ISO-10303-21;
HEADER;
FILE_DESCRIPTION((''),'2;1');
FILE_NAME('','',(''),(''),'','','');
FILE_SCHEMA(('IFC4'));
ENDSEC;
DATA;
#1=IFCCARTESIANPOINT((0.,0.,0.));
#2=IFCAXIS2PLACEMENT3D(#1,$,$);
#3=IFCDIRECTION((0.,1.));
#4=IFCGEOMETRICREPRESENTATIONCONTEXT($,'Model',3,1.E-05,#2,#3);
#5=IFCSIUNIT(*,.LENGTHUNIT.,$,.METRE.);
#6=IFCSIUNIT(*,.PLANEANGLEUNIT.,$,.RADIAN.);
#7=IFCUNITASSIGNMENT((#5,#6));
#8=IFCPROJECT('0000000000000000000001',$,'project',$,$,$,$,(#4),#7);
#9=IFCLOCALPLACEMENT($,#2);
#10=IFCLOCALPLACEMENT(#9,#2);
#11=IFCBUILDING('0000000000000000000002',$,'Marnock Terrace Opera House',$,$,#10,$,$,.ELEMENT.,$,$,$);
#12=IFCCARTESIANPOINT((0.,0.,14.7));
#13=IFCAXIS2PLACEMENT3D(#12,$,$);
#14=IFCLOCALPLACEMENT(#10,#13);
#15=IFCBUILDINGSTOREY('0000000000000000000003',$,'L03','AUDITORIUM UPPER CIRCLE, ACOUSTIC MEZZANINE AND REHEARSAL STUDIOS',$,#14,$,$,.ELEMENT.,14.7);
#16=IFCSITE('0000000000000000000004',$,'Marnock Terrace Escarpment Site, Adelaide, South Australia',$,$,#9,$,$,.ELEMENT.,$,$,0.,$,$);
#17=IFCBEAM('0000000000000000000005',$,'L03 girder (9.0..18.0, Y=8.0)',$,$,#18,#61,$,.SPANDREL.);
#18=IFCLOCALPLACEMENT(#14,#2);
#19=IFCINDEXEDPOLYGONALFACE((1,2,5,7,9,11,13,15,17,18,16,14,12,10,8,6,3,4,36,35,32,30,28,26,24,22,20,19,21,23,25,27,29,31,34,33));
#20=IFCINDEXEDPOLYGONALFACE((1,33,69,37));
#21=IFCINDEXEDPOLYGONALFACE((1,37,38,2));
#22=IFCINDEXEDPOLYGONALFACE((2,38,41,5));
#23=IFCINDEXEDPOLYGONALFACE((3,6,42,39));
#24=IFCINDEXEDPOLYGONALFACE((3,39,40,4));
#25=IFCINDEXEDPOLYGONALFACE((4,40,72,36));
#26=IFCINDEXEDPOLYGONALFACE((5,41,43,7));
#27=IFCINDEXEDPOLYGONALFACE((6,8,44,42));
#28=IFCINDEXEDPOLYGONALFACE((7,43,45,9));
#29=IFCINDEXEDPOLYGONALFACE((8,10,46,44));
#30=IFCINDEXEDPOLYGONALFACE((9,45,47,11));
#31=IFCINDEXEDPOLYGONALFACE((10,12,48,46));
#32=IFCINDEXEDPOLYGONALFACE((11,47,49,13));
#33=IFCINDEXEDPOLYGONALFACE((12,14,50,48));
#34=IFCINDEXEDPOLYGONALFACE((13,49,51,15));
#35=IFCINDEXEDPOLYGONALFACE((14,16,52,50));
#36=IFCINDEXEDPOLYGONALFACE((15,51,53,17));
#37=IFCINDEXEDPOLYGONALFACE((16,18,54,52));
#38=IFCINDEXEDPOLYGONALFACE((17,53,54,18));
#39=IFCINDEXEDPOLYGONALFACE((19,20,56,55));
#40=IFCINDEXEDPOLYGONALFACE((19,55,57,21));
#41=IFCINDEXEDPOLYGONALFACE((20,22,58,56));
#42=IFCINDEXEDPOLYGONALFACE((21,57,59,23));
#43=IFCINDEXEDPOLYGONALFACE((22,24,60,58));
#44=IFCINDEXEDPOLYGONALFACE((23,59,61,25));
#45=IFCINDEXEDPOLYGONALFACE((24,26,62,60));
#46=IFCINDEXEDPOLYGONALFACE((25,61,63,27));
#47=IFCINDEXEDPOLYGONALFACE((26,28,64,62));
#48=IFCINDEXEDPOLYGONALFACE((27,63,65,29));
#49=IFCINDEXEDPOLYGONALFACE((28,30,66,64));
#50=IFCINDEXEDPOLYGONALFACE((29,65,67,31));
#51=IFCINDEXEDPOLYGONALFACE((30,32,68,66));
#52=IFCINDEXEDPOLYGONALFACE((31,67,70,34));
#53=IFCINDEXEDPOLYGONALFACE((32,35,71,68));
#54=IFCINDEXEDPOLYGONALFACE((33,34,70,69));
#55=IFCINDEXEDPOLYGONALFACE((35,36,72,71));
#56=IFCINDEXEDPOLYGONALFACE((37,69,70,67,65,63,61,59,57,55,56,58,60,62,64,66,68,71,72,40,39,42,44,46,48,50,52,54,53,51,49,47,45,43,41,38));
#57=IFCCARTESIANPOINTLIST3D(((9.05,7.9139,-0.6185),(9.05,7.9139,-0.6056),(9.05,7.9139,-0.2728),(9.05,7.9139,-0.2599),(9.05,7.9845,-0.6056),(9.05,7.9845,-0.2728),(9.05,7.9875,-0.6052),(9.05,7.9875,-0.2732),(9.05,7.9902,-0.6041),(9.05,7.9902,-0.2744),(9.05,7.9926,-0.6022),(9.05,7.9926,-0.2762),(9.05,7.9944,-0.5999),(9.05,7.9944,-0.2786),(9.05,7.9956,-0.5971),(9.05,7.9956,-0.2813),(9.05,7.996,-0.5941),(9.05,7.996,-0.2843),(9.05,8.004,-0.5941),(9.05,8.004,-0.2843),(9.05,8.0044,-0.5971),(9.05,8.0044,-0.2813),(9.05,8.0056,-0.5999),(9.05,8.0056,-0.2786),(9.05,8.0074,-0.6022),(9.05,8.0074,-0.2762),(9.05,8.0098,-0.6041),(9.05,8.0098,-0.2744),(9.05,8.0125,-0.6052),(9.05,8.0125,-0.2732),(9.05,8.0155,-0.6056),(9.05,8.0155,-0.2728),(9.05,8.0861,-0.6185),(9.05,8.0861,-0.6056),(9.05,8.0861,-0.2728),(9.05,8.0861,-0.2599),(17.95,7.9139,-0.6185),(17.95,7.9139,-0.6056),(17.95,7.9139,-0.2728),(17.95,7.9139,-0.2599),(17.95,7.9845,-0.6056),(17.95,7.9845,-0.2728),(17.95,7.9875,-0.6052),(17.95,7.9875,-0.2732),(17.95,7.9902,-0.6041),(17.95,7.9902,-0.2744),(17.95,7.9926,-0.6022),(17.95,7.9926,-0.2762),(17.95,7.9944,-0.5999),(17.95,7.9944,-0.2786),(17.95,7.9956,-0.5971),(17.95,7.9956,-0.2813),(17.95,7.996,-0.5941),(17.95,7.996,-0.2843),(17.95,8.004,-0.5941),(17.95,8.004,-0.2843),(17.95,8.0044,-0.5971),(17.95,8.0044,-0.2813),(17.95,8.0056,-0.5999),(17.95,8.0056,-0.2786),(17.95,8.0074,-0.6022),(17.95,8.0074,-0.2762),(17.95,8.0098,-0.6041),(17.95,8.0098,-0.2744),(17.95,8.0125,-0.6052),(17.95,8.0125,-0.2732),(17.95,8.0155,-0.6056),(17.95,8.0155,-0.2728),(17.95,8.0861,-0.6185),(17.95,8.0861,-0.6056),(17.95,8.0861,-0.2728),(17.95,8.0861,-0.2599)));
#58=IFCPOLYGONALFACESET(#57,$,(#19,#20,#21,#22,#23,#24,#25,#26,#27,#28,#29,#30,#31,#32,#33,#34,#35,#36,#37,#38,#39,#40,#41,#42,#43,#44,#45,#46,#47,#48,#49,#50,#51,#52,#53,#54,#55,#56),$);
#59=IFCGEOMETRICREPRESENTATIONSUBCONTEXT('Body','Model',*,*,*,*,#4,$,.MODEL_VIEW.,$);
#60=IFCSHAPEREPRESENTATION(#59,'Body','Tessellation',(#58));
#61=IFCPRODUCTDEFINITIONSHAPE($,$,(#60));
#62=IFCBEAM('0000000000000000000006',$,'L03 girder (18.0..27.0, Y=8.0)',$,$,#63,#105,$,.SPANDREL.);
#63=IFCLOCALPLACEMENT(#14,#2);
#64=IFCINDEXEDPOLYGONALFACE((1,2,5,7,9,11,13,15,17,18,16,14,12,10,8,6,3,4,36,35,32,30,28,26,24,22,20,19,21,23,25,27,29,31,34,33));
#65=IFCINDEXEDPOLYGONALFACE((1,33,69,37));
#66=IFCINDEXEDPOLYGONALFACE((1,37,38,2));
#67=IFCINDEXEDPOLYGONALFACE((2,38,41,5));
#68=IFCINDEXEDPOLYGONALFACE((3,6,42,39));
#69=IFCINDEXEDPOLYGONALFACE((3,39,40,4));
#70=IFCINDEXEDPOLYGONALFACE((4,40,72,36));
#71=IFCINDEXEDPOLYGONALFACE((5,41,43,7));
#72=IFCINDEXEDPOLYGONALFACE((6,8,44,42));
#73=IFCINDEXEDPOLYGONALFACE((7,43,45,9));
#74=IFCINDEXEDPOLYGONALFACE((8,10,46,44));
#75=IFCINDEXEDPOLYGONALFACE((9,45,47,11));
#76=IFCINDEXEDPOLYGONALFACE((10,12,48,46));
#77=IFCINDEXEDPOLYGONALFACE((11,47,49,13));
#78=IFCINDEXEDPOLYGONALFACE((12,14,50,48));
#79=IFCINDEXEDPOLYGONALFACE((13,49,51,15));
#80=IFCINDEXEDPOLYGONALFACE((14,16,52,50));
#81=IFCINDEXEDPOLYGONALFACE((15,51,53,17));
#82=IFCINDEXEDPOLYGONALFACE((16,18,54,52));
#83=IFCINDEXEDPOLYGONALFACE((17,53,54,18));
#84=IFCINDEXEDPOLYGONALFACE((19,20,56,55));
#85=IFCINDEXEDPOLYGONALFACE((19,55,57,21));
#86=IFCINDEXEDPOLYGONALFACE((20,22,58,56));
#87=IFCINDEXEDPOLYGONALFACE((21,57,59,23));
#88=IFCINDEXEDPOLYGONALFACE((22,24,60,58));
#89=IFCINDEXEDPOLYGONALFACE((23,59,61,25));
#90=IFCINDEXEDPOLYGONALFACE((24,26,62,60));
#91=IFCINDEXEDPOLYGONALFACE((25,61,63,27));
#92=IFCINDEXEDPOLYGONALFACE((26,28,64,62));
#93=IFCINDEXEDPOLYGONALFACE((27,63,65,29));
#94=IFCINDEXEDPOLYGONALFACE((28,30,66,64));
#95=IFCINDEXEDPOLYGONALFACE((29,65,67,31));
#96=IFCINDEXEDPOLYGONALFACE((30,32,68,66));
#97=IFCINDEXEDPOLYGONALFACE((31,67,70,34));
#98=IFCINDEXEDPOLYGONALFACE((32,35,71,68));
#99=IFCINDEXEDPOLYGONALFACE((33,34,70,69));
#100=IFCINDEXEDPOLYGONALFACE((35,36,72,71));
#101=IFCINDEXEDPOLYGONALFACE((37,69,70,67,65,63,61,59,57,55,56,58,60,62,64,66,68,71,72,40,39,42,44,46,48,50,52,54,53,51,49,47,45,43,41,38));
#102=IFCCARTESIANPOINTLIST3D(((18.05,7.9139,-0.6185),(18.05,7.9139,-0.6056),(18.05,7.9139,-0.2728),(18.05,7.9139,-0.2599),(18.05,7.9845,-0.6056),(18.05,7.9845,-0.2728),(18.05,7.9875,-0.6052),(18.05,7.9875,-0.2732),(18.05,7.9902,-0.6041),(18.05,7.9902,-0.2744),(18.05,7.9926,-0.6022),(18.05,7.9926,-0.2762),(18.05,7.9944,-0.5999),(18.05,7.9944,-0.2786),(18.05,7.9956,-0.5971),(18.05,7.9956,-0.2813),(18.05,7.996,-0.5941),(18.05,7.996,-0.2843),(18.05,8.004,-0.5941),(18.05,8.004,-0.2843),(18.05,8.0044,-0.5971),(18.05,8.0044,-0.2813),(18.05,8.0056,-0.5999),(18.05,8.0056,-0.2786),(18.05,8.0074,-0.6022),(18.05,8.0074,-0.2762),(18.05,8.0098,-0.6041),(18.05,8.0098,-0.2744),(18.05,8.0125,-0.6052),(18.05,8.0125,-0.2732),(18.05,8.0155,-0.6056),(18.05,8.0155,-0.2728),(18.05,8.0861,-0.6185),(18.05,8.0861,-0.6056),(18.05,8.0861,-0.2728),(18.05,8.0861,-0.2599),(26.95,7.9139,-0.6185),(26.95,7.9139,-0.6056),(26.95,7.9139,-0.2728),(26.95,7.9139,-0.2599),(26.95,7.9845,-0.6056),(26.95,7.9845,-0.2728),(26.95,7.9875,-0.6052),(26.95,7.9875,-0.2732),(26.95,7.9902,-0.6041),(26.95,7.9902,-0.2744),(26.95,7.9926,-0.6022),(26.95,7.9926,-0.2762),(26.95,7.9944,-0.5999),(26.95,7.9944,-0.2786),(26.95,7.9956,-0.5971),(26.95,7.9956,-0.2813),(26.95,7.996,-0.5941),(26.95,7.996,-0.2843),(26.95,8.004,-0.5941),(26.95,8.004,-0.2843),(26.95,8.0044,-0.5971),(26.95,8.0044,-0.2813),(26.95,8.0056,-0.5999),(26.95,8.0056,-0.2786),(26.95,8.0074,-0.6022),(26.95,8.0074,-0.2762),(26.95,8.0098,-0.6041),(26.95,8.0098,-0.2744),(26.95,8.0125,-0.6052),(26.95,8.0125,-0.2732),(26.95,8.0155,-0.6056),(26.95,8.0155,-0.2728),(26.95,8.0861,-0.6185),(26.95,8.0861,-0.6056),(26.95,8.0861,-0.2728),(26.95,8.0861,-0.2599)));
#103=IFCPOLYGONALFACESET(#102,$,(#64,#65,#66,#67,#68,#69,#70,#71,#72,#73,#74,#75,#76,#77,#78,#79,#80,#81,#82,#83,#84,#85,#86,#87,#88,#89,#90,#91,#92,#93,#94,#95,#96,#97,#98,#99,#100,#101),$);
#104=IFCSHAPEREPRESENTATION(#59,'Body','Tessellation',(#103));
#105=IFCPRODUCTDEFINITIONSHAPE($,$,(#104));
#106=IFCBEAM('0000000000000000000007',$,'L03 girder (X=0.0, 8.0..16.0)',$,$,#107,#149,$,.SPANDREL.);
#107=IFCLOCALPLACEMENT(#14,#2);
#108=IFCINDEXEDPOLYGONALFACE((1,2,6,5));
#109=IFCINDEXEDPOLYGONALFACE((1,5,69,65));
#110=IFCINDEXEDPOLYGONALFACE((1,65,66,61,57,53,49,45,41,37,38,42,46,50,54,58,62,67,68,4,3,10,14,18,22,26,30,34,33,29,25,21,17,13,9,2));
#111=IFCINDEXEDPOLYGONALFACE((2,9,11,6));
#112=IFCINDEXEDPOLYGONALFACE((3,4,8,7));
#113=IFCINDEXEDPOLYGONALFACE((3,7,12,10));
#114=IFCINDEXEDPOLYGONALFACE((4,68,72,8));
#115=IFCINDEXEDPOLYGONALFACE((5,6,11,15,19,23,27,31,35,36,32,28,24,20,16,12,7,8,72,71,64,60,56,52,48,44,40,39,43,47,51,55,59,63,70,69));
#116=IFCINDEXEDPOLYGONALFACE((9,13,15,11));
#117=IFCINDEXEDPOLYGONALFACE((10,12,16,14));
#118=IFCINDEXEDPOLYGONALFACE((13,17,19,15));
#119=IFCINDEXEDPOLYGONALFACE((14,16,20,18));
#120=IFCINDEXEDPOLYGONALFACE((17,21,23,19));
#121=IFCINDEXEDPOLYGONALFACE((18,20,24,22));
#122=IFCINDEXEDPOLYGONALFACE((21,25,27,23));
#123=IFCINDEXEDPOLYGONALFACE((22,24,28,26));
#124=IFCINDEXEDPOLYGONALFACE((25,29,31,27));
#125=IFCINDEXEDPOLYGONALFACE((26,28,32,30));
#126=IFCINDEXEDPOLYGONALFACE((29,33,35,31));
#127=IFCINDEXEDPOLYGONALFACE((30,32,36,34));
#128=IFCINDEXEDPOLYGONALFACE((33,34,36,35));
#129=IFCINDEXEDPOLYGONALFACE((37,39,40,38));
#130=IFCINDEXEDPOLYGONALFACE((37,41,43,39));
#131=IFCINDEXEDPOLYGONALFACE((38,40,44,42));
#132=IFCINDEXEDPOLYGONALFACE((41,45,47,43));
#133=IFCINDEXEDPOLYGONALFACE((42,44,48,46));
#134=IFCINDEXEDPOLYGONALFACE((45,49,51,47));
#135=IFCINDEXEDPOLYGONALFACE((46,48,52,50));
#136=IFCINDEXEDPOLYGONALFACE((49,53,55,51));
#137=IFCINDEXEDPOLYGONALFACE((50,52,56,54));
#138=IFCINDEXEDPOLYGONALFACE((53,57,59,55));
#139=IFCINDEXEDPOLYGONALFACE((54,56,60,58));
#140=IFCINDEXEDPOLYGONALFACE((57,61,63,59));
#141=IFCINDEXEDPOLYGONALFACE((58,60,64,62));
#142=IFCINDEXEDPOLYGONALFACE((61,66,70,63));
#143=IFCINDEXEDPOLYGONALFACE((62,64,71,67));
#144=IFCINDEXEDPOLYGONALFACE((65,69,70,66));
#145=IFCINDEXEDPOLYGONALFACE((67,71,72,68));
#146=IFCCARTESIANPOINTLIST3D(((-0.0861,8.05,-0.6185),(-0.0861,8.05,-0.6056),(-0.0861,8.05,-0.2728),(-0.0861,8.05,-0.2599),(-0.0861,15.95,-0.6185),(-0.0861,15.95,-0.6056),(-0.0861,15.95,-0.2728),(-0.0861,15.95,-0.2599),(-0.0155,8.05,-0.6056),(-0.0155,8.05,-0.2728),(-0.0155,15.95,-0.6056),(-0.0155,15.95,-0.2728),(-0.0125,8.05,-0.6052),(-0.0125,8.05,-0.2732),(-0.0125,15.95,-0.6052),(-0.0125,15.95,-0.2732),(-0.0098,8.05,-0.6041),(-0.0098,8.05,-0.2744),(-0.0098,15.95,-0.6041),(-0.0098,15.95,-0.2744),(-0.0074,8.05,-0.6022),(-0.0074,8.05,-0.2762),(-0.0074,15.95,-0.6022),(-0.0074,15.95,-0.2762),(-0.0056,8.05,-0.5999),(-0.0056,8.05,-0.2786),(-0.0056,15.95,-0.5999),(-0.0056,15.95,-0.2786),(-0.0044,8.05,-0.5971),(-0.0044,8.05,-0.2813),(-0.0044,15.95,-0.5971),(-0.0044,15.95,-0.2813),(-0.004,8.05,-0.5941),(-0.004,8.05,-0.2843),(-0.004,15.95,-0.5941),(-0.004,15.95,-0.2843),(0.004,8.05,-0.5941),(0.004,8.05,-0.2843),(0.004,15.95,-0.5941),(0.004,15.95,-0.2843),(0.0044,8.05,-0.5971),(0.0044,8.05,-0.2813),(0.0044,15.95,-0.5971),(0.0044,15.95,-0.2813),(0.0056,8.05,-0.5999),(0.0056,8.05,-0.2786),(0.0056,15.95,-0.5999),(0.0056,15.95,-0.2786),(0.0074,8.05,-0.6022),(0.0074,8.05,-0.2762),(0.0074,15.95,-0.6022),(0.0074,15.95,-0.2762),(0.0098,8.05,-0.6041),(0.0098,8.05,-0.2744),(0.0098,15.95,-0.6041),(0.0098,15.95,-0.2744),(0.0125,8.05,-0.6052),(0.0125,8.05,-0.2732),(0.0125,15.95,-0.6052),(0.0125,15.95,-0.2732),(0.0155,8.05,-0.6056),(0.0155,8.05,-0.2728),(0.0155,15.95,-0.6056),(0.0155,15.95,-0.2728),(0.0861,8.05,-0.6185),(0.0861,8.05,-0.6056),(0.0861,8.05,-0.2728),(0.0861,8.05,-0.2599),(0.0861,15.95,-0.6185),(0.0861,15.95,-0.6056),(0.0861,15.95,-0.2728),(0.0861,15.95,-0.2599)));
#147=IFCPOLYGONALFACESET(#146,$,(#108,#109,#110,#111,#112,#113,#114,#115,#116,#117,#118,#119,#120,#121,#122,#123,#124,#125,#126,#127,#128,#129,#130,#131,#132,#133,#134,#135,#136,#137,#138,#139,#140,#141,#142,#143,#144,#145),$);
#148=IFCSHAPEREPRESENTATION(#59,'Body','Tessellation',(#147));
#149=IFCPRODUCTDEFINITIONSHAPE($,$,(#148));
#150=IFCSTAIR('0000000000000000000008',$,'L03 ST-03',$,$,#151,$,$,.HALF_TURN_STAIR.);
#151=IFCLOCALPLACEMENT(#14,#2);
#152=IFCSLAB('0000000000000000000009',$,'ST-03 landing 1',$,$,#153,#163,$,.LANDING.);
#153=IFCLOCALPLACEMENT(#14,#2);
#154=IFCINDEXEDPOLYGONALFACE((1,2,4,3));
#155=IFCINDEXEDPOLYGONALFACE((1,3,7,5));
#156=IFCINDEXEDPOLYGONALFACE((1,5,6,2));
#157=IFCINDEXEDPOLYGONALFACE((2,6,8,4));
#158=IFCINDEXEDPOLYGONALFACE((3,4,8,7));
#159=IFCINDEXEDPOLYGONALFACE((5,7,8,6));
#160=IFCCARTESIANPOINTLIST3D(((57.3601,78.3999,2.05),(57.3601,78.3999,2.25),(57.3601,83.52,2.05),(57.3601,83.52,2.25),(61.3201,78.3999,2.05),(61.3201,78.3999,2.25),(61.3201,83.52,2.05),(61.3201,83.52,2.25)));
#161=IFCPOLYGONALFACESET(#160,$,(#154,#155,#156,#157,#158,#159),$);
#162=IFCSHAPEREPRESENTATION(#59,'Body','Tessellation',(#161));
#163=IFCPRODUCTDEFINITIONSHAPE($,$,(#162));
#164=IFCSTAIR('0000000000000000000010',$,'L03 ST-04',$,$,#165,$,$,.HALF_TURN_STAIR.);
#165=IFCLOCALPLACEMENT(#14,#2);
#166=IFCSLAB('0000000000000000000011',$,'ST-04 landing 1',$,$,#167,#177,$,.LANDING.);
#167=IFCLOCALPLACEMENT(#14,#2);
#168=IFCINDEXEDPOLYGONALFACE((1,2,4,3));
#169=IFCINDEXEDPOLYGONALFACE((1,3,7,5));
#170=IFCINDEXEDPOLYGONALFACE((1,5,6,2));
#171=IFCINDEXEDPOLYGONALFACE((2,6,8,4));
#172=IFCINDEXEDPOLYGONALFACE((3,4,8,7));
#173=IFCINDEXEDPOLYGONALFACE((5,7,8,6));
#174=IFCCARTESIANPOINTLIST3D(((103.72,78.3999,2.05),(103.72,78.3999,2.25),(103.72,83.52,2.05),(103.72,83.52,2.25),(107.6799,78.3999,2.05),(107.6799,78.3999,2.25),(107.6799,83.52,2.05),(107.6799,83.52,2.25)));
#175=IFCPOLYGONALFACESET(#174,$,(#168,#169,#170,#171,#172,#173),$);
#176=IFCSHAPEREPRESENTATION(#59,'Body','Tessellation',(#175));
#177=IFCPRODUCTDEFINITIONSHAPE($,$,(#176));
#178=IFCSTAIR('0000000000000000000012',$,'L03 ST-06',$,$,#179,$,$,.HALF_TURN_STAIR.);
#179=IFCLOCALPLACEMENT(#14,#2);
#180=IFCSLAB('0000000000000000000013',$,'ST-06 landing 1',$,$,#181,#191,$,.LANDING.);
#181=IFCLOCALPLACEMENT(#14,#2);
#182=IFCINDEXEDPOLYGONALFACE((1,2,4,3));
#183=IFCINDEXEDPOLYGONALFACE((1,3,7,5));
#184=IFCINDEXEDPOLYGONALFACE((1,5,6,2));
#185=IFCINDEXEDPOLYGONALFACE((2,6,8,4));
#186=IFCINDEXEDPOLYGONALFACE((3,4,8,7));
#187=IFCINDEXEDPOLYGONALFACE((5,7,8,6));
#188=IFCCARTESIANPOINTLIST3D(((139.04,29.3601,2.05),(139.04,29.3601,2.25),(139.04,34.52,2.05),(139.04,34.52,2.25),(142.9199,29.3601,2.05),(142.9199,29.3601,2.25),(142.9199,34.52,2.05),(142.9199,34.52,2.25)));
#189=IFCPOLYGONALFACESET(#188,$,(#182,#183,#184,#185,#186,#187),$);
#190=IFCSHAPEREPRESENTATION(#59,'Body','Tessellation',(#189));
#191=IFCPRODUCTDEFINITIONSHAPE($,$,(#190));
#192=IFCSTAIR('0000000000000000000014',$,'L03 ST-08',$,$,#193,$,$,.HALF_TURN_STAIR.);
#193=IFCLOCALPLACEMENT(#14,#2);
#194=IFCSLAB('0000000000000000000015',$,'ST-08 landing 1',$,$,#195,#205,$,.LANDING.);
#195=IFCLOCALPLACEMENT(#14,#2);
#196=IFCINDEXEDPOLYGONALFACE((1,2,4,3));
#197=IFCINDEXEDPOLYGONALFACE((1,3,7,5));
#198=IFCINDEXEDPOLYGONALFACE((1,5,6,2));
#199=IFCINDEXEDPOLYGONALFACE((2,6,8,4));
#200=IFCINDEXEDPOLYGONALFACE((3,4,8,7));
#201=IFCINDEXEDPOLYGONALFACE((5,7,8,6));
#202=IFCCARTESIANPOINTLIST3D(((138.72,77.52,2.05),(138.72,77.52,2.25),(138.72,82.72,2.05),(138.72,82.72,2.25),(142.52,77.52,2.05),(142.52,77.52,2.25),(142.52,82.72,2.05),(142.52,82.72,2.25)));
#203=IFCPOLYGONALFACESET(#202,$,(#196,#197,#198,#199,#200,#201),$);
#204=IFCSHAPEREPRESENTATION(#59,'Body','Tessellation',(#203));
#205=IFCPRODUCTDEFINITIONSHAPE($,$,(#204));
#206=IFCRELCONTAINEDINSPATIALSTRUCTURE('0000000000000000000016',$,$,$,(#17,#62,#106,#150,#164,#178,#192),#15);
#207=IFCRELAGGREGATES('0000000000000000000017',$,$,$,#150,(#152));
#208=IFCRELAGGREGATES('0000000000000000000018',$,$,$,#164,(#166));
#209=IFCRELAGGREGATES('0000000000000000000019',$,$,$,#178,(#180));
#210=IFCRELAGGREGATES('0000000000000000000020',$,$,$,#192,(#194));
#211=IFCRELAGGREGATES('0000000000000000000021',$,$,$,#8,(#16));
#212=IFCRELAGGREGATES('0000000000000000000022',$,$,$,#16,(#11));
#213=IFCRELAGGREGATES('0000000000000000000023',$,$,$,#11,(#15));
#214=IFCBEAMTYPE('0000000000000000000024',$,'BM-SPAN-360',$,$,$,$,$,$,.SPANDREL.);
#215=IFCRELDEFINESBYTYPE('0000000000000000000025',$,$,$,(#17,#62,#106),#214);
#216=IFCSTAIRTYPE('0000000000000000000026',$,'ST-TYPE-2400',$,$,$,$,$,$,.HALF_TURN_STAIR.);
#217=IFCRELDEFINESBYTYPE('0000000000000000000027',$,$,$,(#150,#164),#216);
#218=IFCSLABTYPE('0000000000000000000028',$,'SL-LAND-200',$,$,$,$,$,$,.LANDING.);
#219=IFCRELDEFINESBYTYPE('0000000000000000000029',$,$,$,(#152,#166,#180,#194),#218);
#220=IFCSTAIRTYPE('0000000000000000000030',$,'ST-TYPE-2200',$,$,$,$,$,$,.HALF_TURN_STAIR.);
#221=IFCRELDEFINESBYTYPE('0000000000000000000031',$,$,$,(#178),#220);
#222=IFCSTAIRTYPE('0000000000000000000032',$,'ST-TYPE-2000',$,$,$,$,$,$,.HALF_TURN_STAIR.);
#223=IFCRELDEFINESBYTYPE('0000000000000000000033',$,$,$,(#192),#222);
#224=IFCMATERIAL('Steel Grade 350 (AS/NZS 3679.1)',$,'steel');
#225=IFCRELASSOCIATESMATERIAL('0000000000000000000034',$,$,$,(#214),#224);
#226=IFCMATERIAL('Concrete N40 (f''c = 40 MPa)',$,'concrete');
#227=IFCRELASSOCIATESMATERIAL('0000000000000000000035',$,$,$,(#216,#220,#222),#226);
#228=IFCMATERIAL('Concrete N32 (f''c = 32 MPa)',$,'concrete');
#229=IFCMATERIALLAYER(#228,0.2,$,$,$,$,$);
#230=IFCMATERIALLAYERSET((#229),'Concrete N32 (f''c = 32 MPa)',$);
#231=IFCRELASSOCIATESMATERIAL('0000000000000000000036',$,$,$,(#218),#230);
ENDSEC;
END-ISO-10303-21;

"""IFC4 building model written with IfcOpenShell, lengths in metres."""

from ifc_helpers import new_model, si_unit, direction, frame, origin, origin_2d, place, context, subcontext, project, spatial, polyline, i_section, outline, extrude, material, layer, layer_set, material_profile, profile_set, type_object, element, aggregate, save


model = new_model("IFC4")

# Units and contexts
model_context = context("Model", 3, precision=1e-05, world=origin(), true_north=direction((0.0, 1.0)))
body_context = subcontext(model_context, "Body", "Model", "MODEL_VIEW")
ifc_project = project(units=[si_unit("LENGTHUNIT", "METRE"), si_unit("PLANEANGLEUNIT", "RADIAN")], contexts=[model_context])

# Site, building, storey
site_placement = place(None, origin())
site = spatial("IfcSite", under=ifc_project, at=site_placement, Name="Marnock Terrace Escarpment Site, Adelaide, South Australia", CompositionType="ELEMENT", RefElevation=0.0)
building_placement = place(site_placement, origin())
building = spatial("IfcBuilding", under=site, at=building_placement, Name="Marnock Terrace Opera House", CompositionType="ELEMENT")
storey_placement = place(building_placement, frame((0.0, 0.0, 14.7)))
storey = spatial("IfcBuildingStorey", under=building, at=storey_placement, Name="L03", Description="AUDITORIUM UPPER CIRCLE, ACOUSTIC MEZZANINE AND REHEARSAL STUDIOS", CompositionType="ELEMENT", Elevation=14.7)

# Shared definitions
ifc_material_1 = material(Name="Concrete N40 (f'c = 40 MPa)", Category="concrete")

# Beams
ifc_material_2 = material(Name="Steel Grade 350 (AS/NZS 3679.1)", Category="steel")
ifc_material_profile_1 = material_profile(ifc_material_2, i_section(OverallWidth=0.1721, OverallDepth=0.3586, WebThickness=0.0081, FlangeThickness=0.0129, FilletRadius=0.0115, at=origin_2d()))
ifc_profile_set_1 = profile_set([ifc_material_profile_1], Name="Steel Grade 350 (AS/NZS 3679.1)")
beam_type_1 = type_object("IfcBeamType", Name="BM-SPAN-360", PredefinedType="SPANDREL", material=ifc_profile_set_1)
for number, where, z_axis, x_axis, name in (
    (1, (9.05, 8.0, -0.4392), (1.0, 0.0, 0.0), (0.0, 1.0, 0.0), "L03 girder (9.0..18.0, Y=8.0)"),
    (2, (18.05, 8.0, -0.4392), (1.0, 0.0, 0.0), (0.0, 1.0, 0.0), "L03 girder (18.0..27.0, Y=8.0)"),
):
    element("IfcBeam", number, at=place(storey_placement, frame(where, z_axis=z_axis, x_axis=x_axis)), inside=storey, type_object=beam_type_1, Name=name, PredefinedType="SPANDREL", context=body_context, shape_type="SweptSolid", body=[
        extrude(i_section(OverallWidth=0.1721, OverallDepth=0.3586, WebThickness=0.0081, FlangeThickness=0.0129, FilletRadius=0.0115, at=origin_2d()), origin(), (0.0, 0.0, 1.0), 8.8999),
    ])
beam_1_placement = place(storey_placement, frame((0.0, 8.05, -0.4392), z_axis=(0.0, 1.0, 0.0), x_axis=(-1.0, 0.0, 0.0)))
element("IfcBeam", 3, at=beam_1_placement, inside=storey, type_object=beam_type_1, Name="L03 girder (X=0.0, 8.0..16.0)", PredefinedType="SPANDREL", context=body_context, shape_type="SweptSolid", body=[
    extrude(i_section(OverallWidth=0.1721, OverallDepth=0.3586, WebThickness=0.0081, FlangeThickness=0.0129, FilletRadius=0.0115, at=origin_2d()), origin(), (0.0, 0.0, 1.0), 7.8999),
])

# Stairs, slabs
stair_type_1 = type_object("IfcStairType", Name="ST-TYPE-2400", PredefinedType="HALF_TURN_STAIR", material=ifc_material_1)
stair_1_placement = place(storey_placement, origin())
stair_1 = element("IfcStair", 4, at=stair_1_placement, inside=storey, type_object=stair_type_1, Name="L03 ST-03", PredefinedType="HALF_TURN_STAIR")
ifc_material_3 = material(Name="Concrete N32 (f'c = 32 MPa)", Category="concrete")
ifc_layer_1 = layer(ifc_material_3, 0.2)
ifc_layer_set_1 = layer_set([ifc_layer_1], Name="Concrete N32 (f'c = 32 MPa)")
slab_type = type_object("IfcSlabType", Name="SL-LAND-200", PredefinedType="LANDING", material=ifc_layer_set_1)
slab_1_placement = place(storey_placement, frame((0.0, 0.0, 2.05)))
slab_1 = element("IfcSlab", 5, at=slab_1_placement, type_object=slab_type, Name="ST-03 landing 1", PredefinedType="LANDING", context=body_context, shape_type="SweptSolid", body=[
    extrude(outline(polyline([(61.3201, 78.3999), (61.3201, 83.52), (57.3601, 83.52), (57.3601, 78.3999), (61.3201, 78.3999)])), origin(), (0.0, 0.0, 1.0), 0.2),
])
aggregate(stair_1, [slab_1])
stair_2_placement = place(storey_placement, origin())
stair_2 = element("IfcStair", 6, at=stair_2_placement, inside=storey, type_object=stair_type_1, Name="L03 ST-04", PredefinedType="HALF_TURN_STAIR")
slab_2_placement = place(storey_placement, frame((0.0, 0.0, 2.05)))
slab_2 = element("IfcSlab", 7, at=slab_2_placement, type_object=slab_type, Name="ST-04 landing 1", PredefinedType="LANDING", context=body_context, shape_type="SweptSolid", body=[
    extrude(outline(polyline([(107.6799, 78.3999), (107.6799, 83.52), (103.72, 83.52), (103.72, 78.3999), (107.6799, 78.3999)])), origin(), (0.0, 0.0, 1.0), 0.2),
])
aggregate(stair_2, [slab_2])
stair_type_2 = type_object("IfcStairType", Name="ST-TYPE-2200", PredefinedType="HALF_TURN_STAIR", material=ifc_material_1)
stair_3_placement = place(storey_placement, origin())
stair_3 = element("IfcStair", 8, at=stair_3_placement, inside=storey, type_object=stair_type_2, Name="L03 ST-06", PredefinedType="HALF_TURN_STAIR")
slab_3_placement = place(storey_placement, frame((0.0, 0.0, 2.05)))
slab_3 = element("IfcSlab", 9, at=slab_3_placement, type_object=slab_type, Name="ST-06 landing 1", PredefinedType="LANDING", context=body_context, shape_type="SweptSolid", body=[
    extrude(outline(polyline([(142.9199, 29.3601), (142.9199, 34.52), (139.04, 34.52), (139.04, 29.3601), (142.9199, 29.3601)])), origin(), (0.0, 0.0, 1.0), 0.2),
])
aggregate(stair_3, [slab_3])
stair_type_3 = type_object("IfcStairType", Name="ST-TYPE-2000", PredefinedType="HALF_TURN_STAIR", material=ifc_material_1)
stair_4_placement = place(storey_placement, origin())
stair_4 = element("IfcStair", 10, at=stair_4_placement, inside=storey, type_object=stair_type_3, Name="L03 ST-08", PredefinedType="HALF_TURN_STAIR")
slab_4_placement = place(storey_placement, frame((0.0, 0.0, 2.05)))
slab_4 = element("IfcSlab", 11, at=slab_4_placement, type_object=slab_type, Name="ST-08 landing 1", PredefinedType="LANDING", context=body_context, shape_type="SweptSolid", body=[
    extrude(outline(polyline([(142.52, 77.52), (142.52, 82.72), (138.72, 82.72), (138.72, 77.52), (142.52, 77.52)])), origin(), (0.0, 0.0, 1.0), 0.2),
])
aggregate(stair_4, [slab_4])

save(model, "model.ifc")
